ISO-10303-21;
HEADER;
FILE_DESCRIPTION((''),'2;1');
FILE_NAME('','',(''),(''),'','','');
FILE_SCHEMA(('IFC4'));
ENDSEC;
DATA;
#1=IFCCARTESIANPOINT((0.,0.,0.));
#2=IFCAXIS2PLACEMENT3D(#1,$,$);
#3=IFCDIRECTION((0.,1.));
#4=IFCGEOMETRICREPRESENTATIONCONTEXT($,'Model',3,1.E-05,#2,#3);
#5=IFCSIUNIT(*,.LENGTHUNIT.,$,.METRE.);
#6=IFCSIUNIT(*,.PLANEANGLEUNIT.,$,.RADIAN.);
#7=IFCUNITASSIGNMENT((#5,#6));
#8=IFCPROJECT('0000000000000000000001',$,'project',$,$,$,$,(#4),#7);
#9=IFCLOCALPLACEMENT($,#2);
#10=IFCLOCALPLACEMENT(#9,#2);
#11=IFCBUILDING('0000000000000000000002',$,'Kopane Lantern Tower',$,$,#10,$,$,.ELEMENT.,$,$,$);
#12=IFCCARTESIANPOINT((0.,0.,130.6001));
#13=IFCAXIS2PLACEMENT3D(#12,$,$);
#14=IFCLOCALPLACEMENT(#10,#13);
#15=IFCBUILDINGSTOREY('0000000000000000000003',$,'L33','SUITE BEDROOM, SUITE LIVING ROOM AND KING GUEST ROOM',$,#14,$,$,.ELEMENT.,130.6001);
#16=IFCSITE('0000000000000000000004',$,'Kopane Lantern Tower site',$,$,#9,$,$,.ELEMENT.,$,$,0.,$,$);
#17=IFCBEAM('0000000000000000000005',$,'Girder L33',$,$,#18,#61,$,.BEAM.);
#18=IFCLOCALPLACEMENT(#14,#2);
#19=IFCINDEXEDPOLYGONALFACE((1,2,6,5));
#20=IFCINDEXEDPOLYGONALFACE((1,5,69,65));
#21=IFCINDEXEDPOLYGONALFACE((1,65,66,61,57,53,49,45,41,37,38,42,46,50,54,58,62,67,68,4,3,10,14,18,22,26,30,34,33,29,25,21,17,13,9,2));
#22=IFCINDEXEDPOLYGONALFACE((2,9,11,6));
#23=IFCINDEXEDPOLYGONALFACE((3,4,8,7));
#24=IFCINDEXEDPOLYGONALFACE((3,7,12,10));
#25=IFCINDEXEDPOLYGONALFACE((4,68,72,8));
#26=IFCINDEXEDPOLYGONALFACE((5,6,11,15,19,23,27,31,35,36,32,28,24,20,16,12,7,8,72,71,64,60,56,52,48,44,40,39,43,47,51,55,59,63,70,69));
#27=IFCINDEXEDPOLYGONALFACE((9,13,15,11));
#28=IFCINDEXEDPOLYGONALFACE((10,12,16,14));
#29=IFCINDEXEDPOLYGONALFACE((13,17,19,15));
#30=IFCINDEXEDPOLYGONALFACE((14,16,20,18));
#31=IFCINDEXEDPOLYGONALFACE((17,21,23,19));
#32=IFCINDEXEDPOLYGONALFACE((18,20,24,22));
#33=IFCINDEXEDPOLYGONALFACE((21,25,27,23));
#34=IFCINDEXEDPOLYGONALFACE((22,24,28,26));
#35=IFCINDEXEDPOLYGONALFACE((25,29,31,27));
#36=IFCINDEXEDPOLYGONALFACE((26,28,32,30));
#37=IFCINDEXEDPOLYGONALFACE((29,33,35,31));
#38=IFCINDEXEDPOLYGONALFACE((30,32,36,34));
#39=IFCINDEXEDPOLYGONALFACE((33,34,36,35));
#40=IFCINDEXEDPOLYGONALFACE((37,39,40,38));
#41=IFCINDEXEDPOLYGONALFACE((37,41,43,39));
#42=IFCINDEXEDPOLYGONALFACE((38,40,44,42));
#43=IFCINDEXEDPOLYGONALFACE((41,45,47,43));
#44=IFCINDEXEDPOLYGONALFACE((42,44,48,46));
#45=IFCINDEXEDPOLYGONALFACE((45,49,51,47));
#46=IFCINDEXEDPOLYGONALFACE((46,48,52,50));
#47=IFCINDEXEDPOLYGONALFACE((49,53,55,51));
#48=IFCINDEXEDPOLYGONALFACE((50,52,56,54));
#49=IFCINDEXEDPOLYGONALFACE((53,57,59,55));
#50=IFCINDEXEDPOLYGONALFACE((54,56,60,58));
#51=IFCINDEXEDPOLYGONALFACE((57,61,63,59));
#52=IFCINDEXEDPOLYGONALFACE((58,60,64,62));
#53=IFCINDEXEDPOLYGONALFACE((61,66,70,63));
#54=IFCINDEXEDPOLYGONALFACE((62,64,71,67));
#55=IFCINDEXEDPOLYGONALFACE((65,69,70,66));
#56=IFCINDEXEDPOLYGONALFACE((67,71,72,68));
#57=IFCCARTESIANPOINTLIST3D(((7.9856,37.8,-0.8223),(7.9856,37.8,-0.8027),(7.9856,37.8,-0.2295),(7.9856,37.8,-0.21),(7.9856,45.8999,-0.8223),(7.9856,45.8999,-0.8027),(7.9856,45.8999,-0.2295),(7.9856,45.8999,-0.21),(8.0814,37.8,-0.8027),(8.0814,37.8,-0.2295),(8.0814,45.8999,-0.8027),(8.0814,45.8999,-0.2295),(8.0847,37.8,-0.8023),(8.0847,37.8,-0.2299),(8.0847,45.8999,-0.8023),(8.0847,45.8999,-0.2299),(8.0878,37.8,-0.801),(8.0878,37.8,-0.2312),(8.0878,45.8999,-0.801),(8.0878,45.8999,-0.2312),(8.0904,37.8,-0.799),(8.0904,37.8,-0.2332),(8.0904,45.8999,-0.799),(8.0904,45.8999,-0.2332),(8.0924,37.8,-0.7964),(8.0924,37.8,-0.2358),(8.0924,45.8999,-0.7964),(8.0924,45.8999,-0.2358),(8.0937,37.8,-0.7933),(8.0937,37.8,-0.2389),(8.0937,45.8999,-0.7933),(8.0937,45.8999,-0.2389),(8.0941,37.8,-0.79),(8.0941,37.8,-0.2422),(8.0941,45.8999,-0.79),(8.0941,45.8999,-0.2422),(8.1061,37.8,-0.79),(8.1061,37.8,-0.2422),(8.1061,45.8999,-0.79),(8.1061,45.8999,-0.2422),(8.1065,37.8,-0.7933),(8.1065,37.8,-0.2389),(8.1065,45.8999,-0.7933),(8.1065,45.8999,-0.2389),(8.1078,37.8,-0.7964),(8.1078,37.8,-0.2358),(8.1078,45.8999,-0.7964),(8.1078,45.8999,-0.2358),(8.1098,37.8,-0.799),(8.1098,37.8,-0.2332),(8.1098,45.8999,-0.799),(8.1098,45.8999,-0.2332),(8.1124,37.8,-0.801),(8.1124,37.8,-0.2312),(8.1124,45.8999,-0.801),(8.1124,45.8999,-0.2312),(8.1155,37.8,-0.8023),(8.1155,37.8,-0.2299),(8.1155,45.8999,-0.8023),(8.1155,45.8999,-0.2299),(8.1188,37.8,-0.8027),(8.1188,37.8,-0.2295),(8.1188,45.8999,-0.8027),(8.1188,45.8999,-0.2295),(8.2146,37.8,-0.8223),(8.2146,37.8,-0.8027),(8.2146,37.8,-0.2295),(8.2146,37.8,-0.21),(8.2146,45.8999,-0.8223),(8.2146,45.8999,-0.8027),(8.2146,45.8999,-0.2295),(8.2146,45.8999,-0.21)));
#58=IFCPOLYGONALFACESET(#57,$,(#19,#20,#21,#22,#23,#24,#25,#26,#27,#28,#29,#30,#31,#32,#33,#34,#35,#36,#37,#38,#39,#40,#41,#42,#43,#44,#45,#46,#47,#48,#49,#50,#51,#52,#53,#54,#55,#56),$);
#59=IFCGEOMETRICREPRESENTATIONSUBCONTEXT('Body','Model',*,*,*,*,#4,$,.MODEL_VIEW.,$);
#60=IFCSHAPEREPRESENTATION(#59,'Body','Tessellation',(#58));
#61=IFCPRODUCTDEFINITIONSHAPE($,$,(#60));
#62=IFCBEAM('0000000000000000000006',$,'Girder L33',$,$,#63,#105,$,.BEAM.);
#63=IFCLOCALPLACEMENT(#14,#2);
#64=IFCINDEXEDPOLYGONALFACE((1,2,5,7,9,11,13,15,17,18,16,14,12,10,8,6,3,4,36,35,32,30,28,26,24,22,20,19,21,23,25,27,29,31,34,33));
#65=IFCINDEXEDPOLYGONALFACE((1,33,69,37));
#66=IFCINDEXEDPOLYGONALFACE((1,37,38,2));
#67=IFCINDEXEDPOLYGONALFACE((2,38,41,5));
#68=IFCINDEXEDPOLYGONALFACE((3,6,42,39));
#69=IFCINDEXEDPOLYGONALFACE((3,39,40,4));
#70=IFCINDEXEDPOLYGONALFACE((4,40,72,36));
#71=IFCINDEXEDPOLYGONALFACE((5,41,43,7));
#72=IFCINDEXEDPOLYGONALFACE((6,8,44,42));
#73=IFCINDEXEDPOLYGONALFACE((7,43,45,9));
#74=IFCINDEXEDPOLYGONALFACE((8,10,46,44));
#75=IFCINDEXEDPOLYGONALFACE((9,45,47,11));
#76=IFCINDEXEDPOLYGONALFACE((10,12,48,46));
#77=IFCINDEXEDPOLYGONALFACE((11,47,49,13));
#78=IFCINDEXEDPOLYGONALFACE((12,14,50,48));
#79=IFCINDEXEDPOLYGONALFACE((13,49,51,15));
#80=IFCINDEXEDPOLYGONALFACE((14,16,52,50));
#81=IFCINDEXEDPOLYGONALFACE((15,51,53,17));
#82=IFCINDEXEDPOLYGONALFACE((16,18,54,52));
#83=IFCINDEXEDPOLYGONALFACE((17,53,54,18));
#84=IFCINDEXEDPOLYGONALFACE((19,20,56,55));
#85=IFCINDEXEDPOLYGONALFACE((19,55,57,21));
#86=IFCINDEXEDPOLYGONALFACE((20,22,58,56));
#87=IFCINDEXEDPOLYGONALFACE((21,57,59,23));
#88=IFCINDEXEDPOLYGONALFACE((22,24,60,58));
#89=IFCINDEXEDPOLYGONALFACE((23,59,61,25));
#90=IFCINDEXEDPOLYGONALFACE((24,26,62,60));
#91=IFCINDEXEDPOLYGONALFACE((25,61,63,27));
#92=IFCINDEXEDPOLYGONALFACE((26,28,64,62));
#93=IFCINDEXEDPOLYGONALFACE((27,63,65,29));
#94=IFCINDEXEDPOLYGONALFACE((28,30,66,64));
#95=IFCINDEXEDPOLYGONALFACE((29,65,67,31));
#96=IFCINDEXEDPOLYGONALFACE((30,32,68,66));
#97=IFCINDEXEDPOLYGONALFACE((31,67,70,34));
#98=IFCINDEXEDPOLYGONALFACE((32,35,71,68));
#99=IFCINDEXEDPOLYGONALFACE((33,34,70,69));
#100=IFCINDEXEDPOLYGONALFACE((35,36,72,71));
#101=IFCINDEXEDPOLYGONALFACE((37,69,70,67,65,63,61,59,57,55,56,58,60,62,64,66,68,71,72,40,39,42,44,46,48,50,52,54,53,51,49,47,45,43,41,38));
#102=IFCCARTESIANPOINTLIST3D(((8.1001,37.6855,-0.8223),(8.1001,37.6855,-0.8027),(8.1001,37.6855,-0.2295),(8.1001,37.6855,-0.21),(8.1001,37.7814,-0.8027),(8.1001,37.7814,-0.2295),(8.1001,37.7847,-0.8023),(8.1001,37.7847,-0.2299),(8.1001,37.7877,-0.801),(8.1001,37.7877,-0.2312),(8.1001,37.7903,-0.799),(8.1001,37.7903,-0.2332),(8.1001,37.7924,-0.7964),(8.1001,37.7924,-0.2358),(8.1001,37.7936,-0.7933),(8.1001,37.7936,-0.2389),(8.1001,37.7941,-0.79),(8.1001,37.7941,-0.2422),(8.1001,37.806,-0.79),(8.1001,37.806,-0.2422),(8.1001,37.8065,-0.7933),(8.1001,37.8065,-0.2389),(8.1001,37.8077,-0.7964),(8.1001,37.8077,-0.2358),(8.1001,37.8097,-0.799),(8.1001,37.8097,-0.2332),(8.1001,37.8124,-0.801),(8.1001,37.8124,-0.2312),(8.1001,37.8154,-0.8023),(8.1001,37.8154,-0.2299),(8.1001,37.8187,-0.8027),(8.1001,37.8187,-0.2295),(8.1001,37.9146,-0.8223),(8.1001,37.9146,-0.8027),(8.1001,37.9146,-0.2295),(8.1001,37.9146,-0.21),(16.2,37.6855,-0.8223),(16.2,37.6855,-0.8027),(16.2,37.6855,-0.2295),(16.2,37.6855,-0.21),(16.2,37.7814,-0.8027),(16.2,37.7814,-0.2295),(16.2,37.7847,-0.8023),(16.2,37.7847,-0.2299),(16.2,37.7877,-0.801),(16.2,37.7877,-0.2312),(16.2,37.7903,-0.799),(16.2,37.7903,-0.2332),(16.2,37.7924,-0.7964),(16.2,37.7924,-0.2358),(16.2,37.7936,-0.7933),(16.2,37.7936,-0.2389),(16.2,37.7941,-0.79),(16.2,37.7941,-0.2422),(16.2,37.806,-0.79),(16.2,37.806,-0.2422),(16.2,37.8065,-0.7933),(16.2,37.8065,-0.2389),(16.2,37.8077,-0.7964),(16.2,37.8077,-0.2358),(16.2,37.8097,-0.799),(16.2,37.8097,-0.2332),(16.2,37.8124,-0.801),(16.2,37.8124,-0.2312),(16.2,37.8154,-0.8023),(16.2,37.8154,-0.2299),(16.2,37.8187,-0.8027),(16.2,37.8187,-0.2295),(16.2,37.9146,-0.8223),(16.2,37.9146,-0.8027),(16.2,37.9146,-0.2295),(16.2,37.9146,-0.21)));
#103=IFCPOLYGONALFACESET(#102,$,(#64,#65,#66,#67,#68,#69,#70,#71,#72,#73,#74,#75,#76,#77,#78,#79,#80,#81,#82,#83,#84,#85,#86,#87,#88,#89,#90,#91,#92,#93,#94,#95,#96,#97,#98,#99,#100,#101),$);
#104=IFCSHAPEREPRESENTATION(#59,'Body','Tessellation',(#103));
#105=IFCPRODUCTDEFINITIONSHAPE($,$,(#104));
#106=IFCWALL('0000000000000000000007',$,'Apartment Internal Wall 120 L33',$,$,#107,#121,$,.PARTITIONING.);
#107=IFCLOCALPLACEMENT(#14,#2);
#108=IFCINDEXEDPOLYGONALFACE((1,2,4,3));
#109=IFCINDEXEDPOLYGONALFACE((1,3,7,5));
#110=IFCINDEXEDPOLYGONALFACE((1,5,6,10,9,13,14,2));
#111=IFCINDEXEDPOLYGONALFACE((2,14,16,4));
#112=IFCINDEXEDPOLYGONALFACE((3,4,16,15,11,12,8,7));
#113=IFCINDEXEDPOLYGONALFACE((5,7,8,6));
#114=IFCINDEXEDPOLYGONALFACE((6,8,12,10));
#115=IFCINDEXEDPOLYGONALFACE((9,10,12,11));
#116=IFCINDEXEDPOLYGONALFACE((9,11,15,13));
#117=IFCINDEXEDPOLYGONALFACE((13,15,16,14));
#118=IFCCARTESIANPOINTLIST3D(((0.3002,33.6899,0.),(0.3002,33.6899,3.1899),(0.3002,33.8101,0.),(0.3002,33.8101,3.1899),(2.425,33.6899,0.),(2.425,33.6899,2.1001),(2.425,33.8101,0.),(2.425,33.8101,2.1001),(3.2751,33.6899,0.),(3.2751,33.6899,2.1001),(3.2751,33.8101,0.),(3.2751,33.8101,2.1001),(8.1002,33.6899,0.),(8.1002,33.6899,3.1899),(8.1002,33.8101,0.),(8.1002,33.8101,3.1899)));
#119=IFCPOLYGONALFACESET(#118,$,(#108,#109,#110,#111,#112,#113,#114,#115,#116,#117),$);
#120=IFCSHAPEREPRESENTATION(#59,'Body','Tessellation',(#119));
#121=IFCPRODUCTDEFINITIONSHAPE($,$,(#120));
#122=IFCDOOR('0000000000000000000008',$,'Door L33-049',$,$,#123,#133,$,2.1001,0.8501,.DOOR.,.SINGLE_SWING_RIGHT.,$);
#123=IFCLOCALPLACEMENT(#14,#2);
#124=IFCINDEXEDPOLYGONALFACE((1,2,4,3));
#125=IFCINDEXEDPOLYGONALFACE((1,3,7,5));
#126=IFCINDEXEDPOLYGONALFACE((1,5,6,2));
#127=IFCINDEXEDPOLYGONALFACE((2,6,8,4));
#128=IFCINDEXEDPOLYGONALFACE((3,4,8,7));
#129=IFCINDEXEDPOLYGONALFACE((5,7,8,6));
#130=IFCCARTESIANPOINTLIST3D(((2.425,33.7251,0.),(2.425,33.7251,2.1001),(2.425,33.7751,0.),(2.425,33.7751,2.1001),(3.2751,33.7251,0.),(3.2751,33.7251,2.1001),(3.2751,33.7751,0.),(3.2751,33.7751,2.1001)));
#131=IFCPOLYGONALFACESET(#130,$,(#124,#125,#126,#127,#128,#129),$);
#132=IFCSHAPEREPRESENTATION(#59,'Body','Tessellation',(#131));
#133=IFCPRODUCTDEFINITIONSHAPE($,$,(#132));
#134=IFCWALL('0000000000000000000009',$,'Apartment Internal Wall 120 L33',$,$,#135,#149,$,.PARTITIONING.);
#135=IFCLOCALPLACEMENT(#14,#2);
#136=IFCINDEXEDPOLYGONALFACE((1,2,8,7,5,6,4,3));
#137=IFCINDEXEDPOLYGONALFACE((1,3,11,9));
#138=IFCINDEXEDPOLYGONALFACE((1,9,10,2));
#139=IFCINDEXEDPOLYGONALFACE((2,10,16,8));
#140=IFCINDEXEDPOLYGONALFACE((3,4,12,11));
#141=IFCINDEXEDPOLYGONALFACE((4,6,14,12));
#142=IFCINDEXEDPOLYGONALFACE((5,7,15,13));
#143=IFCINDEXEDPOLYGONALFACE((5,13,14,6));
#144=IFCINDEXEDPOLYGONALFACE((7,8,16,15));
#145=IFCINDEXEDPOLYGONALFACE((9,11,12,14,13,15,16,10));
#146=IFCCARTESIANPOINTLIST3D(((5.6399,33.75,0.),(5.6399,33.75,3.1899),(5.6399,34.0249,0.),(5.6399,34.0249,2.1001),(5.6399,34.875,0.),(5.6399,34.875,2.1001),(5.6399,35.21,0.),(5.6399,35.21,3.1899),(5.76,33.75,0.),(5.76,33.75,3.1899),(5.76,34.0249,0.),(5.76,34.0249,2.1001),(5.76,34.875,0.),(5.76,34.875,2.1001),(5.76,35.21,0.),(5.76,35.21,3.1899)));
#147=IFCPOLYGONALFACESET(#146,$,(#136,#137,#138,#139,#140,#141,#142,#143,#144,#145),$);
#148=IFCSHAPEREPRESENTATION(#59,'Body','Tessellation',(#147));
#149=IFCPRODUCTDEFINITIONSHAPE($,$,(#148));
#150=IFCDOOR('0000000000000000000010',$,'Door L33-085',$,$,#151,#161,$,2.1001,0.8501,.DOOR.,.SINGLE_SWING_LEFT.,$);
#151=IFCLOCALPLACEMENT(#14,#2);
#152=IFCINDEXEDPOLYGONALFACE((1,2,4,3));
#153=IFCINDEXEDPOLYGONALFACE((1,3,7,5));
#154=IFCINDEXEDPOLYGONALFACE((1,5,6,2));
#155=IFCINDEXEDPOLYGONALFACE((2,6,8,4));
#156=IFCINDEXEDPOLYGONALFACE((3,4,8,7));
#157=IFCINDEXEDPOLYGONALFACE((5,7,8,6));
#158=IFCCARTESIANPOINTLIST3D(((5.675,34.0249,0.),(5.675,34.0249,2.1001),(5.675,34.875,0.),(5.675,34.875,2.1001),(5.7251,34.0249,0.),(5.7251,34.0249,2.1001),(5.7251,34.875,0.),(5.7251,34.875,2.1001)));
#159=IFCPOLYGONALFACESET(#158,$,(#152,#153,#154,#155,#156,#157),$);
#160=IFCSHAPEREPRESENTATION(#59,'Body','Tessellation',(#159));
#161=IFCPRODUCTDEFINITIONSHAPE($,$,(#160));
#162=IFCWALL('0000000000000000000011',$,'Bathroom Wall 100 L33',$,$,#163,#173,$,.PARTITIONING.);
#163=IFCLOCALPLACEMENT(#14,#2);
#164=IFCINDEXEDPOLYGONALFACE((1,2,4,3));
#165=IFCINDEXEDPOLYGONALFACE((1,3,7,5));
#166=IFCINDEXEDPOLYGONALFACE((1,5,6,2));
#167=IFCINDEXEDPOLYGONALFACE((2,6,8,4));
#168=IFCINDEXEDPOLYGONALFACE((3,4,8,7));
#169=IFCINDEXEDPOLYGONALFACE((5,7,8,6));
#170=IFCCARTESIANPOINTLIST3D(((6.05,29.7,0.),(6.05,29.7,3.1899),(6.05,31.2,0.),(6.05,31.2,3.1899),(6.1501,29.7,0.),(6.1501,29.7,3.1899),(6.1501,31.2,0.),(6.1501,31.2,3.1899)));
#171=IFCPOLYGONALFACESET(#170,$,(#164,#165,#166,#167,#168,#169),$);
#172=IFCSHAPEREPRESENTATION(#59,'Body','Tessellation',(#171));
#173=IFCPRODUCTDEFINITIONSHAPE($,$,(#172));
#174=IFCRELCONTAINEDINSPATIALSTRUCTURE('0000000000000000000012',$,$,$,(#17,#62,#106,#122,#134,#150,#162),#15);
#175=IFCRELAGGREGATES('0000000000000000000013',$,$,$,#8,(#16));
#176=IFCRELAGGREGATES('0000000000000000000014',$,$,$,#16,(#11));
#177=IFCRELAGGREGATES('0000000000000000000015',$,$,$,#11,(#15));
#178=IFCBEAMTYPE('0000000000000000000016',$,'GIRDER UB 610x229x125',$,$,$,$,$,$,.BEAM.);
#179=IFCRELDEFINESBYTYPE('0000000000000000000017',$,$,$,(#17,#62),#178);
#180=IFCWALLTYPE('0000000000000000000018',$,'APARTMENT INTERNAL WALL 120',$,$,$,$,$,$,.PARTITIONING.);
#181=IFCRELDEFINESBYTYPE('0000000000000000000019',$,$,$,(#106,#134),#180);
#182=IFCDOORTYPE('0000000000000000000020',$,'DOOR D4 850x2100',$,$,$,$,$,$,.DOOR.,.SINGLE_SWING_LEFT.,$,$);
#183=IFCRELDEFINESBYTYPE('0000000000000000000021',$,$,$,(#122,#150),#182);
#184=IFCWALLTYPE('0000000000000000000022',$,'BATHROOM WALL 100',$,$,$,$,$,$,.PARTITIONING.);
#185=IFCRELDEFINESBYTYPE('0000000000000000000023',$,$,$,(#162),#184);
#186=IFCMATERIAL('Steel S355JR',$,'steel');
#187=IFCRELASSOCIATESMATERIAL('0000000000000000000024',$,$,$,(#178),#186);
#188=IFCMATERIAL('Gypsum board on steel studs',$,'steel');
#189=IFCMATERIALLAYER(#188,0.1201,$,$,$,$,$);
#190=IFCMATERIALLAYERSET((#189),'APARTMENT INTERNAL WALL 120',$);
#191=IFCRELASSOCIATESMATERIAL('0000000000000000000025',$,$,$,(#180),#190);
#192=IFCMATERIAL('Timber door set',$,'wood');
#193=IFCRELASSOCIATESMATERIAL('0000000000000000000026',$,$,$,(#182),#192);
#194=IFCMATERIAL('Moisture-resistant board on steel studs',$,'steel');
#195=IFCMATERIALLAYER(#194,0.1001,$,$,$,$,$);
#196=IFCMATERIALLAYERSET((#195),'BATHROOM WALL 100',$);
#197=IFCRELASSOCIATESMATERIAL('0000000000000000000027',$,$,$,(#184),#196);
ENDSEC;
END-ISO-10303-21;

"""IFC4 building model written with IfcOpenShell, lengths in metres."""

from ifc_helpers import new_model, si_unit, direction, frame, frame_2d, origin, origin_2d, place, context, subcontext, project, spatial, rectangle, i_section, extrude, material, layer, layer_set, material_profile, profile_set, type_object, element, fill, save


model = new_model("IFC4")

# Units and contexts
model_context = context("Model", 3, precision=1e-05, world=origin(), true_north=direction((0.0, 1.0)))
body_context = subcontext(model_context, "Body", "Model", "MODEL_VIEW")
ifc_project = project(units=[si_unit("LENGTHUNIT", "METRE"), si_unit("PLANEANGLEUNIT", "RADIAN")], contexts=[model_context])

# Site, building, storey
site_placement = place(None, origin())
site = spatial("IfcSite", under=ifc_project, at=site_placement, Name="Kopane Lantern Tower site", CompositionType="ELEMENT", RefElevation=0.0)
building_placement = place(site_placement, origin())
building = spatial("IfcBuilding", under=site, at=building_placement, Name="Kopane Lantern Tower", CompositionType="ELEMENT")
storey_placement = place(building_placement, frame((0.0, 0.0, 130.6001)))
storey = spatial("IfcBuildingStorey", under=building, at=storey_placement, Name="L33", Description="SUITE BEDROOM, SUITE LIVING ROOM AND KING GUEST ROOM", CompositionType="ELEMENT", Elevation=130.6001)

# Beams
ifc_material_1 = material(Name="Steel S355JR", Category="steel")
ifc_material_profile_1 = material_profile(ifc_material_1, i_section(OverallWidth=0.229, OverallDepth=0.6123, WebThickness=0.012, FlangeThickness=0.0195, FilletRadius=0.0127, at=origin_2d()), Name="UB 610x229x125")
ifc_profile_set_1 = profile_set([ifc_material_profile_1], Name="Steel S355JR")
beam_type = type_object("IfcBeamType", Name="GIRDER UB 610x229x125", PredefinedType="BEAM", material=ifc_profile_set_1)
for number, where, z_axis, x_axis, name in (
    (1, (8.1001, 37.8, -0.5161), (0.0, 1.0, 0.0), (-1.0, 0.0, 0.0), "Girder L33"),
    (2, (8.1001, 37.8, -0.5161), (1.0, 0.0, 0.0), (0.0, 1.0, 0.0), "Girder L33"),
):
    element("IfcBeam", number, at=place(storey_placement, frame(where, z_axis=z_axis, x_axis=x_axis)), inside=storey, type_object=beam_type, Name=name, PredefinedType="BEAM", context=body_context, shape_type="SweptSolid", body=[
        extrude(i_section(OverallWidth=0.229, OverallDepth=0.6123, WebThickness=0.012, FlangeThickness=0.0195, FilletRadius=0.0127, at=origin_2d()), origin(), (0.0, 0.0, 1.0), 8.0999),
    ])

# Walls, openings, doors
ifc_material_2 = material(Name="Gypsum board on steel studs", Category="steel")
ifc_layer_1 = layer(ifc_material_2, 0.1201)
ifc_layer_set_1 = layer_set([ifc_layer_1], Name="APARTMENT INTERNAL WALL 120")
wall_type_1 = type_object("IfcWallType", Name="APARTMENT INTERNAL WALL 120", PredefinedType="PARTITIONING", material=ifc_layer_set_1)
wall_1_placement = place(storey_placement, frame((8.1001, 33.75, 0.0), z_axis=(0.0, 0.0, 1.0), x_axis=(-1.0, 0.0, 0.0)))
wall_1 = element("IfcWall", 3, at=wall_1_placement, inside=storey, type_object=wall_type_1, Name="Apartment Internal Wall 120 L33", PredefinedType="PARTITIONING", context=body_context, shape_type="SweptSolid", body=[
    extrude(rectangle(XDim=7.8, YDim=0.1201, at=frame_2d((3.8999, 0.0))), origin(), (0.0, 0.0, 1.0), 3.1899),
])
opening_1_placement = place(wall_1_placement, frame((4.825, 0.0, 0.0)))
opening_1 = element("IfcOpeningElement", 4, at=opening_1_placement, cuts=wall_1, PredefinedType="OPENING", context=body_context, shape_type="SweptSolid", body=[
    extrude(rectangle(XDim=0.8501, YDim=2.1001, at=frame_2d((0.425, 1.05))), frame((0.0, 0.0701, 0.0), z_axis=(0.0, -1.0, 0.0), x_axis=(1.0, 0.0, 0.0)), (0.0, 0.0, 1.0), 0.1401),
])
ifc_material_3 = material(Name="Timber door set", Category="wood")
door_type_1 = type_object("IfcDoorType", Name="DOOR D4 850x2100", OperationType="SINGLE_SWING_LEFT", PredefinedType="DOOR", material=ifc_material_3)
door_1_placement = place(opening_1_placement, origin())
door_1 = element("IfcDoor", 5, at=door_1_placement, inside=storey, type_object=door_type_1, Name="Door L33-049", OperationType="SINGLE_SWING_RIGHT", OverallHeight=2.1001, OverallWidth=0.8501, PredefinedType="DOOR", context=body_context, shape_type="SweptSolid", body=[
    extrude(rectangle(XDim=0.8501, YDim=2.1001, at=frame_2d((0.425, 1.05))), frame((0.0, 0.0249, 0.0), z_axis=(0.0, -1.0, 0.0), x_axis=(1.0, 0.0, 0.0)), (0.0, 0.0, 1.0), 0.05),
])
fill(opening_1, door_1)
wall_2_placement = place(storey_placement, frame((5.7, 33.75, 0.0), z_axis=(0.0, 0.0, 1.0), x_axis=(0.0, 1.0, 0.0)))
wall_2 = element("IfcWall", 6, at=wall_2_placement, inside=storey, type_object=wall_type_1, Name="Apartment Internal Wall 120 L33", PredefinedType="PARTITIONING", context=body_context, shape_type="SweptSolid", body=[
    extrude(rectangle(XDim=1.46, YDim=0.1201, at=frame_2d((0.73, 0.0))), origin(), (0.0, 0.0, 1.0), 3.1899),
])
opening_2_placement = place(wall_2_placement, frame((0.2749, 0.0, 0.0)))
opening_2 = element("IfcOpeningElement", 7, at=opening_2_placement, cuts=wall_2, PredefinedType="OPENING", context=body_context, shape_type="SweptSolid", body=[
    extrude(rectangle(XDim=0.8501, YDim=2.1001, at=frame_2d((0.425, 1.05))), frame((0.0, 0.0701, 0.0), z_axis=(0.0, -1.0, 0.0), x_axis=(1.0, 0.0, 0.0)), (0.0, 0.0, 1.0), 0.1401),
])
door_2_placement = place(opening_2_placement, origin())
door_2 = element("IfcDoor", 8, at=door_2_placement, inside=storey, type_object=door_type_1, Name="Door L33-085", OperationType="SINGLE_SWING_LEFT", OverallHeight=2.1001, OverallWidth=0.8501, PredefinedType="DOOR", context=body_context, shape_type="SweptSolid", body=[
    extrude(rectangle(XDim=0.8501, YDim=2.1001, at=frame_2d((0.425, 1.05))), frame((0.0, 0.0249, 0.0), z_axis=(0.0, -1.0, 0.0), x_axis=(1.0, 0.0, 0.0)), (0.0, 0.0, 1.0), 0.05),
])
fill(opening_2, door_2)

# Wall
ifc_material_4 = material(Name="Moisture-resistant board on steel studs", Category="steel")
ifc_layer_2 = layer(ifc_material_4, 0.1001)
ifc_layer_set_2 = layer_set([ifc_layer_2], Name="BATHROOM WALL 100")
wall_type_2 = type_object("IfcWallType", Name="BATHROOM WALL 100", PredefinedType="PARTITIONING", material=ifc_layer_set_2)
wall_3_placement = place(storey_placement, frame((6.1001, 29.7, 0.0), z_axis=(0.0, 0.0, 1.0), x_axis=(0.0, 1.0, 0.0)))
element("IfcWall", 9, at=wall_3_placement, inside=storey, type_object=wall_type_2, Name="Bathroom Wall 100 L33", PredefinedType="PARTITIONING", context=body_context, shape_type="SweptSolid", body=[
    extrude(rectangle(XDim=1.5, YDim=0.1001, at=frame_2d((0.75, 0.0))), origin(), (0.0, 0.0, 1.0), 3.1899),
])

save(model, "model.ifc")
